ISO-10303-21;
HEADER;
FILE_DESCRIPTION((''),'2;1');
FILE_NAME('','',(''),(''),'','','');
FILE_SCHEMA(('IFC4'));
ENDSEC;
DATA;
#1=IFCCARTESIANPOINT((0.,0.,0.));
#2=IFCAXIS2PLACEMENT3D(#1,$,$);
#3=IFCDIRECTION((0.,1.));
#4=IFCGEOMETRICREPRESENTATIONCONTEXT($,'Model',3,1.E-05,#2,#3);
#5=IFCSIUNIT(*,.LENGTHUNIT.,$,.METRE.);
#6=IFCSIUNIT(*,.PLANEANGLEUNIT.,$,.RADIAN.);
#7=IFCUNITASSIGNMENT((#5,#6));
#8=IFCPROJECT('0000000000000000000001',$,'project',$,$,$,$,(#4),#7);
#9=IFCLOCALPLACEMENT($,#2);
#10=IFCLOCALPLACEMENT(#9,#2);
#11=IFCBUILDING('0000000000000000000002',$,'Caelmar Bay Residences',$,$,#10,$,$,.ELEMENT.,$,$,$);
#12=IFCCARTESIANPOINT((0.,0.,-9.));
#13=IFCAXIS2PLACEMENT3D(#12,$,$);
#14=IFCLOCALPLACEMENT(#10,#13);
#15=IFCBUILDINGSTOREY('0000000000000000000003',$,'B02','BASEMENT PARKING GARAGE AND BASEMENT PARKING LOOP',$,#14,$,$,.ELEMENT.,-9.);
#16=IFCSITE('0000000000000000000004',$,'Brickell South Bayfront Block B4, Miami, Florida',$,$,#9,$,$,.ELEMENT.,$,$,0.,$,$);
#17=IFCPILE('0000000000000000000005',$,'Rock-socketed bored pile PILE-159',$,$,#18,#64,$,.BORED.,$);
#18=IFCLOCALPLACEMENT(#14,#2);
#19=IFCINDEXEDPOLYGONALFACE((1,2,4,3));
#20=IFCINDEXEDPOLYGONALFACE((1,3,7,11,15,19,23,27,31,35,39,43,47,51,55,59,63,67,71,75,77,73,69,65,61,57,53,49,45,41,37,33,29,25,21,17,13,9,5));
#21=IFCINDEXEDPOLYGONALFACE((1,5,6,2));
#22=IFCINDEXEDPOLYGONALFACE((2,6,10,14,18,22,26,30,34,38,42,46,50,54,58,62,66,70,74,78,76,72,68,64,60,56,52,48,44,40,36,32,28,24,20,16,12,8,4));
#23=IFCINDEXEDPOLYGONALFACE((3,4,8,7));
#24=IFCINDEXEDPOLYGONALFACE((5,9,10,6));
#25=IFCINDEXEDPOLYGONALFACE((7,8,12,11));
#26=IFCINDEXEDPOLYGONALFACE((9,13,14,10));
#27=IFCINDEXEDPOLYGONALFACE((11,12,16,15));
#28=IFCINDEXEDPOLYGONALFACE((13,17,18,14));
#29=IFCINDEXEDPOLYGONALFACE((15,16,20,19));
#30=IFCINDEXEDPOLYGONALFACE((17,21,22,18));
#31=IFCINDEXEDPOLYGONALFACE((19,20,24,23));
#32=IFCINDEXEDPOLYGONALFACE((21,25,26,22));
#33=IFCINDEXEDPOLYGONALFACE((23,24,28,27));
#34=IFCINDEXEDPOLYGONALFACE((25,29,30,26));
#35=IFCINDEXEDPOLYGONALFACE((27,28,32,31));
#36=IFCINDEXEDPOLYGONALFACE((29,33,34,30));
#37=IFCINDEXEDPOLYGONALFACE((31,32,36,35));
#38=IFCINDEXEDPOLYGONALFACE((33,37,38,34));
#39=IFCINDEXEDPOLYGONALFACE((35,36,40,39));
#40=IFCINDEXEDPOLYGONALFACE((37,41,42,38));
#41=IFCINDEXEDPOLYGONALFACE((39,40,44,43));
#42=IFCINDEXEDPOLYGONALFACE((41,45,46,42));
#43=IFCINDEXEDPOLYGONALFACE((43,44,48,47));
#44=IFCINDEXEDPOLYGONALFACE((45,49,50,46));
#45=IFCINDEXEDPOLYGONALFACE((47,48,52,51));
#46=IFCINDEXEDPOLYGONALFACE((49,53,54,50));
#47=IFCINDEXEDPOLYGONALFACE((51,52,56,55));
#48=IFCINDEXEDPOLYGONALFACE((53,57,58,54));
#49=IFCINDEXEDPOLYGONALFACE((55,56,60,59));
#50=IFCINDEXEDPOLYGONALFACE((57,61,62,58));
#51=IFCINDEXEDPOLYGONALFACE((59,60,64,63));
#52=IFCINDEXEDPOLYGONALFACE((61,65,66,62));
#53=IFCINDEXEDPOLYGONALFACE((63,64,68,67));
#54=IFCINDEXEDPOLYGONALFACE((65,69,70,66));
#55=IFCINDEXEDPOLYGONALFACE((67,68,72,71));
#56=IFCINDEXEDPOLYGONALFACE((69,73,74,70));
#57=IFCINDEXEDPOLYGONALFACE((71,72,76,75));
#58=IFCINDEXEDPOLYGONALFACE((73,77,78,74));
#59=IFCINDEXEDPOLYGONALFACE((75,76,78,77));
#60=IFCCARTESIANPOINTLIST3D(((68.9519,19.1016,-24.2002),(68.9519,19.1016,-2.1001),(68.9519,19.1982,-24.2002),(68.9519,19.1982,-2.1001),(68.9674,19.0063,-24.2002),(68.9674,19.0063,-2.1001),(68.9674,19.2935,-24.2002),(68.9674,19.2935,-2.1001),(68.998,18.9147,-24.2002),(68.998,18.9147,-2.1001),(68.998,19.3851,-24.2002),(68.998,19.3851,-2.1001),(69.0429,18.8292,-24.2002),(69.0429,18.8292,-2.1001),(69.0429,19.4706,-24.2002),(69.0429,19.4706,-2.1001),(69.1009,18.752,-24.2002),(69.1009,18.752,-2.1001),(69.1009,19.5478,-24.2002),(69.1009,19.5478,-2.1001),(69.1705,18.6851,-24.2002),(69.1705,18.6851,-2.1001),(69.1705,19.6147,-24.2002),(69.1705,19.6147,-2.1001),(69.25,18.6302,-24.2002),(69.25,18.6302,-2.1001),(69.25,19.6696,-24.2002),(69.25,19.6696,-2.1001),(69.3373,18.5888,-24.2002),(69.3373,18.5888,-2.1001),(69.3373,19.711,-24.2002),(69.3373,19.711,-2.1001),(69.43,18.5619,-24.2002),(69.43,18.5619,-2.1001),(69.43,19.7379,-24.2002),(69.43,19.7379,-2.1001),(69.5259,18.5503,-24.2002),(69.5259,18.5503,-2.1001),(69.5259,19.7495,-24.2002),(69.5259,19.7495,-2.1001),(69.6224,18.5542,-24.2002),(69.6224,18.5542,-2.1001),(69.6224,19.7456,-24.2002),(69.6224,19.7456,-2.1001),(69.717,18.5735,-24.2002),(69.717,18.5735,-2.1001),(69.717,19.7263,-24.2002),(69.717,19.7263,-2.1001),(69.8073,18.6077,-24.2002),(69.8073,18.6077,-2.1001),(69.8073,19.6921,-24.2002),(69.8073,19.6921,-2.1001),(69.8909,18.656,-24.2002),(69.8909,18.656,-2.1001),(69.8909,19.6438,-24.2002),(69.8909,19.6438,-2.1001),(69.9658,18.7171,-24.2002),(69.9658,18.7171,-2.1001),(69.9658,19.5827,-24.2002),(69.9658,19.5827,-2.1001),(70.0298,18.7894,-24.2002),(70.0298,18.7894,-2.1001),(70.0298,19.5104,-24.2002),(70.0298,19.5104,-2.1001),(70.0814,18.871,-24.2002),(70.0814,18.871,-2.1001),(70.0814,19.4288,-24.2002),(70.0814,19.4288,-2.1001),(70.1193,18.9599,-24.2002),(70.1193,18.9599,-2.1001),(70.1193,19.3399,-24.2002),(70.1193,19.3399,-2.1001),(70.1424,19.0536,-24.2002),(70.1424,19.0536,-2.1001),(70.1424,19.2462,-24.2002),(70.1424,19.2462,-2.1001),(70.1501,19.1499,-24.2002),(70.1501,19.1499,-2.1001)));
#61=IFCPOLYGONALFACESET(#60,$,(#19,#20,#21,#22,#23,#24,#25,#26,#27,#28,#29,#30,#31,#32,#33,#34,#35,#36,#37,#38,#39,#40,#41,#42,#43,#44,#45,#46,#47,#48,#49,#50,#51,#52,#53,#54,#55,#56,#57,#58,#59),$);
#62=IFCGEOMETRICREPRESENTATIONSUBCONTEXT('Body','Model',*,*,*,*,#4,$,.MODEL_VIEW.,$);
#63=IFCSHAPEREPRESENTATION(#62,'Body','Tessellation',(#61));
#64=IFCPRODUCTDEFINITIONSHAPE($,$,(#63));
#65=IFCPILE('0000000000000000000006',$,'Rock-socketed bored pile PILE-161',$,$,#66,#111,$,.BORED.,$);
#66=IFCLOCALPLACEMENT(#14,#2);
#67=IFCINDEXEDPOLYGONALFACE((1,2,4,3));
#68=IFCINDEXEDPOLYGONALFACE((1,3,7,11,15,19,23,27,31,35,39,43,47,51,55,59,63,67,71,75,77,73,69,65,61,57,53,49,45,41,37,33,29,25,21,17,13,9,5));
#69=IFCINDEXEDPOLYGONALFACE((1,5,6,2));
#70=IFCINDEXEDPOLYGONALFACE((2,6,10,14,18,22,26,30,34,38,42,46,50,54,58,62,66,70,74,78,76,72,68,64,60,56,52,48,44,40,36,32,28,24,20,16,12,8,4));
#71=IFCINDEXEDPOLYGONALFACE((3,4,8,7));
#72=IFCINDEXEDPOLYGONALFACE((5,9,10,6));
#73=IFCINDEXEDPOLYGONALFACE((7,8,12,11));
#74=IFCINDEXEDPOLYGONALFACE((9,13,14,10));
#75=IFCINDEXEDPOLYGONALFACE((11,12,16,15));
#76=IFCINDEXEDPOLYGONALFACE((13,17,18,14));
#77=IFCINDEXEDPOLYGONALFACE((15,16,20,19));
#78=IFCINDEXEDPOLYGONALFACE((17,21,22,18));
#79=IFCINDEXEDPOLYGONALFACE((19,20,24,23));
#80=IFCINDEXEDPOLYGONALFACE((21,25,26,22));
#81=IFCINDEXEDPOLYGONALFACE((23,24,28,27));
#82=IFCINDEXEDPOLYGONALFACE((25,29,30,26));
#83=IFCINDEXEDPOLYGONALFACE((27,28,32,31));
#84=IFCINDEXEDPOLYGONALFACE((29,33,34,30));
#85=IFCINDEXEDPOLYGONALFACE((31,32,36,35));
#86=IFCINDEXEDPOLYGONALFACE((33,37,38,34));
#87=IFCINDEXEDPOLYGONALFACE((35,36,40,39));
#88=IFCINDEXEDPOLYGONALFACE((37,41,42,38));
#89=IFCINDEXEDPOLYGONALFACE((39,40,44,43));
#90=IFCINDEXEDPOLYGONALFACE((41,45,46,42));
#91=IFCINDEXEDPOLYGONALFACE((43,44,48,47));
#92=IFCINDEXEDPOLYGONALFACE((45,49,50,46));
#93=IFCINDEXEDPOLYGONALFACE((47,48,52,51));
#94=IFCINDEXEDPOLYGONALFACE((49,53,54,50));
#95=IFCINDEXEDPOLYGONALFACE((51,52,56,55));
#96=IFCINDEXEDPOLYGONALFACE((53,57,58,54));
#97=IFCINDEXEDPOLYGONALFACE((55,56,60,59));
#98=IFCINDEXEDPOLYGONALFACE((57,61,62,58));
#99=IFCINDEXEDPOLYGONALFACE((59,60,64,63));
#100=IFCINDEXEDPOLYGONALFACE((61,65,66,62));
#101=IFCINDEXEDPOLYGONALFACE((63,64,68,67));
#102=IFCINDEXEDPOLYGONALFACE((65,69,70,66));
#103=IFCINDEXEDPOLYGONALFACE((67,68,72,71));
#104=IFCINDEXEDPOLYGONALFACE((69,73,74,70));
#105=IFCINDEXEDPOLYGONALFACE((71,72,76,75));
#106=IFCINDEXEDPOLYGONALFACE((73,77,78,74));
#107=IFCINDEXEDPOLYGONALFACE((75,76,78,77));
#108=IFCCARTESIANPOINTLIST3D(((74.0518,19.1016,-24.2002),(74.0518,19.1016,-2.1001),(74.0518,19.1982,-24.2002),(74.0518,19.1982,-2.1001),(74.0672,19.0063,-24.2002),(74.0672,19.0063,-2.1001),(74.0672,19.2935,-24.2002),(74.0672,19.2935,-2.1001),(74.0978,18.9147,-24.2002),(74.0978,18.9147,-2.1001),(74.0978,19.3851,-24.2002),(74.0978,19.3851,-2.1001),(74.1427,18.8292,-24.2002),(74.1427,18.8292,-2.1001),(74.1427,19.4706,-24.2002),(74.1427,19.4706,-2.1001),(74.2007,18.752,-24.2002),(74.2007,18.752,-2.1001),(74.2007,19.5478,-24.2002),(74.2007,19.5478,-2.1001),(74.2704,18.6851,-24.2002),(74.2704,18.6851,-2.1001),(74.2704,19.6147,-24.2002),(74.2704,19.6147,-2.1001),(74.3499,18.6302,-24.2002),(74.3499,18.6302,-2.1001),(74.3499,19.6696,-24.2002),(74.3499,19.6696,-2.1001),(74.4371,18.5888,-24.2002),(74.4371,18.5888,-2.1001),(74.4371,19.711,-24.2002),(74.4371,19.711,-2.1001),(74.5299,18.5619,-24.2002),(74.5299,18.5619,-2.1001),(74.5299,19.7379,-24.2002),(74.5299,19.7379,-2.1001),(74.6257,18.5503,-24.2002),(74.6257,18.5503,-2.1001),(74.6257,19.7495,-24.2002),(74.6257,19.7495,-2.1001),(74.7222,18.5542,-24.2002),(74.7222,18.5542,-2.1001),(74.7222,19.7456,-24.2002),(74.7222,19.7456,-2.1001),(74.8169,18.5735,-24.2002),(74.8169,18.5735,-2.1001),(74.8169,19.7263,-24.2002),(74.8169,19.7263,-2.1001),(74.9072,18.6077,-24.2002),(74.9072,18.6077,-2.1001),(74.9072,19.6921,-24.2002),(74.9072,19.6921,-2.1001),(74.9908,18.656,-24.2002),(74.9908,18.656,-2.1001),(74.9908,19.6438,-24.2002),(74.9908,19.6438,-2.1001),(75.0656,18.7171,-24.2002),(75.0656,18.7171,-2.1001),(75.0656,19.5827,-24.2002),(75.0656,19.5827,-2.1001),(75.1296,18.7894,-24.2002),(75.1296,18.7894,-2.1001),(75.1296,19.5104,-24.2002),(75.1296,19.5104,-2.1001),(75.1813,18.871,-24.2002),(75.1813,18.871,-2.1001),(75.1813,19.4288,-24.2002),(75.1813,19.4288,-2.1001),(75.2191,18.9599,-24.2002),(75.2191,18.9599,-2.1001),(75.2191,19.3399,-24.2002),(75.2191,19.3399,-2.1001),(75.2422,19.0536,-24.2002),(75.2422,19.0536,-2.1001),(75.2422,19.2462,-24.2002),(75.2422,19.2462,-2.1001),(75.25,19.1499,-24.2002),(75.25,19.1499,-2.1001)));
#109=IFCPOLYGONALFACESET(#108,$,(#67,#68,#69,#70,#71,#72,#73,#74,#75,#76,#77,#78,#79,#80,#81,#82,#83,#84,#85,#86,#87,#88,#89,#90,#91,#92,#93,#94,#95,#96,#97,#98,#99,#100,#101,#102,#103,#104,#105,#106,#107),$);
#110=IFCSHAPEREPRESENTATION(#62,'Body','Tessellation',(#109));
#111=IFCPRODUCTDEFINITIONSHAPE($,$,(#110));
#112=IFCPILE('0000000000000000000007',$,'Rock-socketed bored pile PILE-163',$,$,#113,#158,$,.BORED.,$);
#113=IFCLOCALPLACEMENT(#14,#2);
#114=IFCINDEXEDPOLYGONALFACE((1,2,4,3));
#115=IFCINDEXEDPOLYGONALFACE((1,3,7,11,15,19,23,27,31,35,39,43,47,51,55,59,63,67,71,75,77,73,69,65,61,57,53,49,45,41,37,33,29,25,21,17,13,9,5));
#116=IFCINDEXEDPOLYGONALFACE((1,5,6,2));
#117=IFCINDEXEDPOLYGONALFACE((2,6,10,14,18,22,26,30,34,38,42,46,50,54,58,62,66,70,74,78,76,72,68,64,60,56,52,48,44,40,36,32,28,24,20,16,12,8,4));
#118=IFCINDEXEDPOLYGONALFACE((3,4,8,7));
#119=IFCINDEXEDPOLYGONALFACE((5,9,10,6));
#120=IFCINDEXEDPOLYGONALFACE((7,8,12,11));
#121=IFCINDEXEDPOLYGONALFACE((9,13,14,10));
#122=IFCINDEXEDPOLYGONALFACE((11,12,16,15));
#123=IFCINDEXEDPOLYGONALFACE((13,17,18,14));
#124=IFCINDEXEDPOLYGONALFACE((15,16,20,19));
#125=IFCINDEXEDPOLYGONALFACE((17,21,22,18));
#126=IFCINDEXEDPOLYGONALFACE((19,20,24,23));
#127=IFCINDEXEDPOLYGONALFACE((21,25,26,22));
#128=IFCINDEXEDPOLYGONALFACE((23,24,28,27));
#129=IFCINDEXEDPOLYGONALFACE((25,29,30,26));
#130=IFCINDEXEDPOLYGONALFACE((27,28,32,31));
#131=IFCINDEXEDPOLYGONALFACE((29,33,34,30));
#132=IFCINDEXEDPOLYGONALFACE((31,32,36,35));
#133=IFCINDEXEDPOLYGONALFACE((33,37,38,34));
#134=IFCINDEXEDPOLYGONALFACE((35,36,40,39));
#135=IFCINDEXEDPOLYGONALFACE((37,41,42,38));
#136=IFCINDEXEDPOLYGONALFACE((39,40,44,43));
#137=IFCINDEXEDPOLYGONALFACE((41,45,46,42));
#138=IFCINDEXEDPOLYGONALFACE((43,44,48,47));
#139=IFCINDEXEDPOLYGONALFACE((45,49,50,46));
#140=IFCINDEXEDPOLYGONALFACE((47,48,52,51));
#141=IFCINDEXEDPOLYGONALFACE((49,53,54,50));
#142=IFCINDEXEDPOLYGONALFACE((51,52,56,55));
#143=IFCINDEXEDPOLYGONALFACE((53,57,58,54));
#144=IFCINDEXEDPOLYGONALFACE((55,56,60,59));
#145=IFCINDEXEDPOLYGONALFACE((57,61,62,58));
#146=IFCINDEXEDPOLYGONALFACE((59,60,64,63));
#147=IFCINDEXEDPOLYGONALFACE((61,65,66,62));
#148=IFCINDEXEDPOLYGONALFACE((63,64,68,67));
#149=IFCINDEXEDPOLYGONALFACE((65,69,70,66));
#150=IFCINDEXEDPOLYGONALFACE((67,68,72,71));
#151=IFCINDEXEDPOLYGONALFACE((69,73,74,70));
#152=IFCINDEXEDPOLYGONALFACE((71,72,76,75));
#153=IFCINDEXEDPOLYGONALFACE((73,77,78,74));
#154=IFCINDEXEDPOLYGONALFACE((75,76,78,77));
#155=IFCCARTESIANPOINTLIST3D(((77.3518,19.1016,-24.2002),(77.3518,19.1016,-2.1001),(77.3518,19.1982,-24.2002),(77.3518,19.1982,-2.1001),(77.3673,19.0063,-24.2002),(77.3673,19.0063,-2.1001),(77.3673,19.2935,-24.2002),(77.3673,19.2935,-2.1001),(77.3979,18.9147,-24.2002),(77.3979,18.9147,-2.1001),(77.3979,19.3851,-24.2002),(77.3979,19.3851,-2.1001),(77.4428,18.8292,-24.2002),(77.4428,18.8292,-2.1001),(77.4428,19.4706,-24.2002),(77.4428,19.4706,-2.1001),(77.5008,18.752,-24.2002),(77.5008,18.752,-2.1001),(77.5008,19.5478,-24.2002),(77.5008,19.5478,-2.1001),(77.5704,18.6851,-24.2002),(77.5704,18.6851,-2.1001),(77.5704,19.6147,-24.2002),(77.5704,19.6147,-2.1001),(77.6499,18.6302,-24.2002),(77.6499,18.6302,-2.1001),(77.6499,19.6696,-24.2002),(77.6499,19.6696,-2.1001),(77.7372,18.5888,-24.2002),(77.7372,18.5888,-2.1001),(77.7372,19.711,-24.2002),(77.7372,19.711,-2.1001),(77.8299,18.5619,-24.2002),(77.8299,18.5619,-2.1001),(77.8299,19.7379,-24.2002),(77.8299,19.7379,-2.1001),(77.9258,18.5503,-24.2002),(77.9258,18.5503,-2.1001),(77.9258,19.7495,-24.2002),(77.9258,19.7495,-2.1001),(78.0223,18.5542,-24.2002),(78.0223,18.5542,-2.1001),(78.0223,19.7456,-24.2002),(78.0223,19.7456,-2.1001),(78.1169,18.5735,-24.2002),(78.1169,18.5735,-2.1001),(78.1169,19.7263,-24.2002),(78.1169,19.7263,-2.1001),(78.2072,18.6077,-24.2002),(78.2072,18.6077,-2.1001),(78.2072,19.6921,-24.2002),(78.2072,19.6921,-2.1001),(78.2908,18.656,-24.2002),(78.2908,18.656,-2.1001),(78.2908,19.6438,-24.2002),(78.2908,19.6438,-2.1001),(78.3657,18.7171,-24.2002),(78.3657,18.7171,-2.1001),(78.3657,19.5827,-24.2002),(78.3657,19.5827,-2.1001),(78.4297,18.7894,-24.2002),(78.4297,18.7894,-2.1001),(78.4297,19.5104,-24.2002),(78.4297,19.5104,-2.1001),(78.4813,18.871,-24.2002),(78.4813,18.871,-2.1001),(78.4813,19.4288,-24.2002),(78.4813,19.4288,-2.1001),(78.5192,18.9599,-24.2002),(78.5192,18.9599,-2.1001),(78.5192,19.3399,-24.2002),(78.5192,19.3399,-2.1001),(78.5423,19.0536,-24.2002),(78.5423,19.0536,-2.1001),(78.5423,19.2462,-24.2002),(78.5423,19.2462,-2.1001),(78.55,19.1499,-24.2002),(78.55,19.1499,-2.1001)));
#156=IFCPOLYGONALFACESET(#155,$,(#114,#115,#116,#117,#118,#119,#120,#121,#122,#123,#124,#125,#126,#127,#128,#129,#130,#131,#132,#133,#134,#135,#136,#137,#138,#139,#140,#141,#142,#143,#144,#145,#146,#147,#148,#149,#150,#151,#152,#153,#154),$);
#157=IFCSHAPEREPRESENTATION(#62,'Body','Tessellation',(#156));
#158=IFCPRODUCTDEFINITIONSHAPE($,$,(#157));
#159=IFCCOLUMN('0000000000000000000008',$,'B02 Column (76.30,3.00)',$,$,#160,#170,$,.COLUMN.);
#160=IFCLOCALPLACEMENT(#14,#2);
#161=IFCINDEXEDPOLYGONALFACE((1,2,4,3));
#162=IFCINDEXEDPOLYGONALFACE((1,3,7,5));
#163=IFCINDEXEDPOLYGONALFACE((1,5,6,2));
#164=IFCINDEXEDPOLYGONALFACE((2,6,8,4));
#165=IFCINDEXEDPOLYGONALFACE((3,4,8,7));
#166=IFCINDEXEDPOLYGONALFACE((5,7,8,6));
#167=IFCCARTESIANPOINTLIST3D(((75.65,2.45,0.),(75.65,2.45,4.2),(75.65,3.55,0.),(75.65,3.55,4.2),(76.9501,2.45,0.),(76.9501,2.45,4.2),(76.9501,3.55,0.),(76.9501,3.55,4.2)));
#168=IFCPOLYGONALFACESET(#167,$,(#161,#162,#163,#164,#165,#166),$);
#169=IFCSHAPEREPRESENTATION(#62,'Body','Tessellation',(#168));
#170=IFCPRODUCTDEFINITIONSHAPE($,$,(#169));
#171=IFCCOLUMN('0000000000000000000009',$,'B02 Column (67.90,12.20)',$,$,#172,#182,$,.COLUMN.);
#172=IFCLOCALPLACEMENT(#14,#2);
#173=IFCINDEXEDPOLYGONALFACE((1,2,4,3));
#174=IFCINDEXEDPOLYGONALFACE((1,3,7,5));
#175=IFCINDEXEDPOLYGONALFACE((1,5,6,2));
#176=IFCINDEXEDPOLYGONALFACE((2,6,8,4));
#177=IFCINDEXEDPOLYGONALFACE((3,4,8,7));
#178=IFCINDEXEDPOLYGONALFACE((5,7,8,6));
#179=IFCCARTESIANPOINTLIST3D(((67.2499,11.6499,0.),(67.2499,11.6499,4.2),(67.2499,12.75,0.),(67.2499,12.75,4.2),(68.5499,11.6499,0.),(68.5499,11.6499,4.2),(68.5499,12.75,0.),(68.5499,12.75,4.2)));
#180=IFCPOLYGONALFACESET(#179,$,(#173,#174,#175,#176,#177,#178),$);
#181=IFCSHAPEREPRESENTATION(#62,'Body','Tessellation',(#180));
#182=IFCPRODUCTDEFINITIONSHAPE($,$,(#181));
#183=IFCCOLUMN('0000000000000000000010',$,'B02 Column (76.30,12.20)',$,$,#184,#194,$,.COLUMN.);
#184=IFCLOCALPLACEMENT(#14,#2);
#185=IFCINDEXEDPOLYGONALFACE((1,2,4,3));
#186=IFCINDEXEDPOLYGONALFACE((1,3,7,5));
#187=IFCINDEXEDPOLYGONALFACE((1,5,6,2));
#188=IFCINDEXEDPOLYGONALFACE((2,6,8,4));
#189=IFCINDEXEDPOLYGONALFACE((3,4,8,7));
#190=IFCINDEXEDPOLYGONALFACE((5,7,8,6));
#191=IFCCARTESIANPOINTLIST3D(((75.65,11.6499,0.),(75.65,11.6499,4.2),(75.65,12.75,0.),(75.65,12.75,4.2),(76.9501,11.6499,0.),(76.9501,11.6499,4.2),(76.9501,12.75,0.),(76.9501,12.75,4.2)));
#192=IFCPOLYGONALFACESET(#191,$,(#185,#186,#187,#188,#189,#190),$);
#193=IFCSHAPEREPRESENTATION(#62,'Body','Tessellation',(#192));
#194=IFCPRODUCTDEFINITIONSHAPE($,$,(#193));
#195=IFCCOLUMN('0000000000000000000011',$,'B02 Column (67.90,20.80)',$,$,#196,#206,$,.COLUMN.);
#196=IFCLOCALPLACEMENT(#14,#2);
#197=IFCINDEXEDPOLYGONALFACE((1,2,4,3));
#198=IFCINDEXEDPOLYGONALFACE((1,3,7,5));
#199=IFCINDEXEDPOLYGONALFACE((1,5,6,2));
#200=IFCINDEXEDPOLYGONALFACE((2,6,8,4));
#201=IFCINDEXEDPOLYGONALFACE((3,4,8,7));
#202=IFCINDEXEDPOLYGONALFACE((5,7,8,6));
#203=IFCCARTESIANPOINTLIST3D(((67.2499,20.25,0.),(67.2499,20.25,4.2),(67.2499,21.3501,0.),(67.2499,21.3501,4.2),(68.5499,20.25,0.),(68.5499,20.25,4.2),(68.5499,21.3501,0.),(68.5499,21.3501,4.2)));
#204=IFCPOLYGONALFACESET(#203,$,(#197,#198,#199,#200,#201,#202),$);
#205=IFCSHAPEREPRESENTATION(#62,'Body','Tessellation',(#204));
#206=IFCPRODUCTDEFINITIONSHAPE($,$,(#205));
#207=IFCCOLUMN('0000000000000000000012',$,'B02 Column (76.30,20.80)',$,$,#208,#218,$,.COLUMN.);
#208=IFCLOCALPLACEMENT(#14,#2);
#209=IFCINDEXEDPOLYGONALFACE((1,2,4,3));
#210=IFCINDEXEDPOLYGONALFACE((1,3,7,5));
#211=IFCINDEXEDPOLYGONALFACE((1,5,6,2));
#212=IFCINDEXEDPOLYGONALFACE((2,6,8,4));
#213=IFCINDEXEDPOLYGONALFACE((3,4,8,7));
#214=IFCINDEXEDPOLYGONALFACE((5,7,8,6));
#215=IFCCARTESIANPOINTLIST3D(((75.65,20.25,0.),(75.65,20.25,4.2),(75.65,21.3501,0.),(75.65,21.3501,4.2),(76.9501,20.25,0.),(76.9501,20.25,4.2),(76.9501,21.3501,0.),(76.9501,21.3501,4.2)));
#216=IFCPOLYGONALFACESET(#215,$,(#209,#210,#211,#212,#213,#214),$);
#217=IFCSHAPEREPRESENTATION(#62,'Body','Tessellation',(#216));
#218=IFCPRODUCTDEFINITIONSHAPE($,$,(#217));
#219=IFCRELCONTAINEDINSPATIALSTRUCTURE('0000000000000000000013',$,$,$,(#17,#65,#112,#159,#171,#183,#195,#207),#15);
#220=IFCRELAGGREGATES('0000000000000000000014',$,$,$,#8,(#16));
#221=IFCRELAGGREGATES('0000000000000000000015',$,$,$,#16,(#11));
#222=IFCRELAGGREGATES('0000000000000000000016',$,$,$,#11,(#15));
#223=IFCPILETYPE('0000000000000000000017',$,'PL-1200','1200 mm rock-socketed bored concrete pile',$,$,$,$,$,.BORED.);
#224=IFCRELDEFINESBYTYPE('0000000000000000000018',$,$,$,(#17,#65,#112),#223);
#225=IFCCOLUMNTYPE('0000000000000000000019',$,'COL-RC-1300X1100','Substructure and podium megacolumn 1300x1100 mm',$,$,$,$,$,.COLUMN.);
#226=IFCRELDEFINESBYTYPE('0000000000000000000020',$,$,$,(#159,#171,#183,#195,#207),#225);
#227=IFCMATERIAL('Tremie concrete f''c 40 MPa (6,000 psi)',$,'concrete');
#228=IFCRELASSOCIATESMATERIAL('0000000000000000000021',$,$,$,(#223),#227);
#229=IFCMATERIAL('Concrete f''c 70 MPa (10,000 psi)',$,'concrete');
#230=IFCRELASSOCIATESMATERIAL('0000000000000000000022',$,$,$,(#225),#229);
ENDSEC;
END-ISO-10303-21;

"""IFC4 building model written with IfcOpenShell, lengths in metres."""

from ifc_helpers import new_model, si_unit, direction, frame, origin, origin_2d, place, context, subcontext, project, spatial, rectangle, circle, extrude, material, material_profile, profile_set, type_object, element, save


model = new_model("IFC4")

# Units and contexts
model_context = context("Model", 3, precision=1e-05, world=origin(), true_north=direction((0.0, 1.0)))
body_context = subcontext(model_context, "Body", "Model", "MODEL_VIEW")
ifc_project = project(units=[si_unit("LENGTHUNIT", "METRE"), si_unit("PLANEANGLEUNIT", "RADIAN")], contexts=[model_context])

# Site, building, storey
site_placement = place(None, origin())
site = spatial("IfcSite", under=ifc_project, at=site_placement, Name="Brickell South Bayfront Block B4, Miami, Florida", CompositionType="ELEMENT", RefElevation=0.0)
building_placement = place(site_placement, origin())
building = spatial("IfcBuilding", under=site, at=building_placement, Name="Caelmar Bay Residences", CompositionType="ELEMENT")
storey_placement = place(building_placement, frame((0.0, 0.0, -9.0)))
storey = spatial("IfcBuildingStorey", under=building, at=storey_placement, Name="B02", Description="BASEMENT PARKING GARAGE AND BASEMENT PARKING LOOP", CompositionType="ELEMENT", Elevation=-9.0)

# Piles
ifc_material_1 = material(Name="Tremie concrete f'c 40 MPa (6,000 psi)", Category="concrete")
ifc_material_profile_1 = material_profile(ifc_material_1, circle(Radius=0.6001, at=origin_2d()), Name="PILE-1200D")
ifc_profile_set_1 = profile_set([ifc_material_profile_1], Name="Tremie concrete f'c 40 MPa (6,000 psi)")
pile_type = type_object("IfcPileType", Name="PL-1200", Description="1200 mm rock-socketed bored concrete pile", PredefinedType="BORED", material=ifc_profile_set_1)
for number, where, z_axis, x_axis, name in (
    (1, (69.55, 19.1499, -2.1001), (0.0, 0.0, -1.0), (1.0, 0.0, 0.0), "Rock-socketed bored pile PILE-159"),
    (2, (74.6499, 19.1499, -2.1001), (0.0, 0.0, -1.0), (1.0, 0.0, 0.0), "Rock-socketed bored pile PILE-161"),
    (3, (77.95, 19.1499, -2.1001), (0.0, 0.0, -1.0), (1.0, 0.0, 0.0), "Rock-socketed bored pile PILE-163"),
):
    element("IfcPile", number, at=place(storey_placement, frame(where, z_axis=z_axis, x_axis=x_axis)), inside=storey, type_object=pile_type, Name=name, PredefinedType="BORED", context=body_context, shape_type="SweptSolid", body=[
        extrude(circle(Radius=0.6001, at=origin_2d()), origin(), (0.0, 0.0, 1.0), 22.1001),
    ])

# Columns
ifc_material_2 = material(Name="Concrete f'c 70 MPa (10,000 psi)", Category="concrete")
ifc_material_profile_2 = material_profile(ifc_material_2, rectangle(XDim=1.3, YDim=1.1001, at=origin_2d()), Name="RC-COL-1300X1100")
ifc_profile_set_2 = profile_set([ifc_material_profile_2], Name="Concrete f'c 70 MPa (10,000 psi)")
column_type = type_object("IfcColumnType", Name="COL-RC-1300X1100", Description="Substructure and podium megacolumn 1300x1100 mm", PredefinedType="COLUMN", material=ifc_profile_set_2)
for number, where, z_axis, x_axis, name in (
    (4, (76.3, 3.0, 0.0), (0.0, 0.0, 1.0), (1.0, 0.0, 0.0), "B02 Column (76.30,3.00)"),
    (5, (67.8999, 12.2, 0.0), (0.0, 0.0, 1.0), (1.0, 0.0, 0.0), "B02 Column (67.90,12.20)"),
    (6, (76.3, 12.2, 0.0), (0.0, 0.0, 1.0), (1.0, 0.0, 0.0), "B02 Column (76.30,12.20)"),
    (7, (67.8999, 20.8, 0.0), (0.0, 0.0, 1.0), (1.0, 0.0, 0.0), "B02 Column (67.90,20.80)"),
    (8, (76.3, 20.8, 0.0), (0.0, 0.0, 1.0), (1.0, 0.0, 0.0), "B02 Column (76.30,20.80)"),
):
    element("IfcColumn", number, at=place(storey_placement, frame(where, z_axis=z_axis, x_axis=x_axis)), inside=storey, type_object=column_type, Name=name, PredefinedType="COLUMN", context=body_context, shape_type="SweptSolid", body=[
        extrude(rectangle(XDim=1.3, YDim=1.1001, at=origin_2d()), origin(), (0.0, 0.0, 1.0), 4.2),
    ])

save(model, "model.ifc")
